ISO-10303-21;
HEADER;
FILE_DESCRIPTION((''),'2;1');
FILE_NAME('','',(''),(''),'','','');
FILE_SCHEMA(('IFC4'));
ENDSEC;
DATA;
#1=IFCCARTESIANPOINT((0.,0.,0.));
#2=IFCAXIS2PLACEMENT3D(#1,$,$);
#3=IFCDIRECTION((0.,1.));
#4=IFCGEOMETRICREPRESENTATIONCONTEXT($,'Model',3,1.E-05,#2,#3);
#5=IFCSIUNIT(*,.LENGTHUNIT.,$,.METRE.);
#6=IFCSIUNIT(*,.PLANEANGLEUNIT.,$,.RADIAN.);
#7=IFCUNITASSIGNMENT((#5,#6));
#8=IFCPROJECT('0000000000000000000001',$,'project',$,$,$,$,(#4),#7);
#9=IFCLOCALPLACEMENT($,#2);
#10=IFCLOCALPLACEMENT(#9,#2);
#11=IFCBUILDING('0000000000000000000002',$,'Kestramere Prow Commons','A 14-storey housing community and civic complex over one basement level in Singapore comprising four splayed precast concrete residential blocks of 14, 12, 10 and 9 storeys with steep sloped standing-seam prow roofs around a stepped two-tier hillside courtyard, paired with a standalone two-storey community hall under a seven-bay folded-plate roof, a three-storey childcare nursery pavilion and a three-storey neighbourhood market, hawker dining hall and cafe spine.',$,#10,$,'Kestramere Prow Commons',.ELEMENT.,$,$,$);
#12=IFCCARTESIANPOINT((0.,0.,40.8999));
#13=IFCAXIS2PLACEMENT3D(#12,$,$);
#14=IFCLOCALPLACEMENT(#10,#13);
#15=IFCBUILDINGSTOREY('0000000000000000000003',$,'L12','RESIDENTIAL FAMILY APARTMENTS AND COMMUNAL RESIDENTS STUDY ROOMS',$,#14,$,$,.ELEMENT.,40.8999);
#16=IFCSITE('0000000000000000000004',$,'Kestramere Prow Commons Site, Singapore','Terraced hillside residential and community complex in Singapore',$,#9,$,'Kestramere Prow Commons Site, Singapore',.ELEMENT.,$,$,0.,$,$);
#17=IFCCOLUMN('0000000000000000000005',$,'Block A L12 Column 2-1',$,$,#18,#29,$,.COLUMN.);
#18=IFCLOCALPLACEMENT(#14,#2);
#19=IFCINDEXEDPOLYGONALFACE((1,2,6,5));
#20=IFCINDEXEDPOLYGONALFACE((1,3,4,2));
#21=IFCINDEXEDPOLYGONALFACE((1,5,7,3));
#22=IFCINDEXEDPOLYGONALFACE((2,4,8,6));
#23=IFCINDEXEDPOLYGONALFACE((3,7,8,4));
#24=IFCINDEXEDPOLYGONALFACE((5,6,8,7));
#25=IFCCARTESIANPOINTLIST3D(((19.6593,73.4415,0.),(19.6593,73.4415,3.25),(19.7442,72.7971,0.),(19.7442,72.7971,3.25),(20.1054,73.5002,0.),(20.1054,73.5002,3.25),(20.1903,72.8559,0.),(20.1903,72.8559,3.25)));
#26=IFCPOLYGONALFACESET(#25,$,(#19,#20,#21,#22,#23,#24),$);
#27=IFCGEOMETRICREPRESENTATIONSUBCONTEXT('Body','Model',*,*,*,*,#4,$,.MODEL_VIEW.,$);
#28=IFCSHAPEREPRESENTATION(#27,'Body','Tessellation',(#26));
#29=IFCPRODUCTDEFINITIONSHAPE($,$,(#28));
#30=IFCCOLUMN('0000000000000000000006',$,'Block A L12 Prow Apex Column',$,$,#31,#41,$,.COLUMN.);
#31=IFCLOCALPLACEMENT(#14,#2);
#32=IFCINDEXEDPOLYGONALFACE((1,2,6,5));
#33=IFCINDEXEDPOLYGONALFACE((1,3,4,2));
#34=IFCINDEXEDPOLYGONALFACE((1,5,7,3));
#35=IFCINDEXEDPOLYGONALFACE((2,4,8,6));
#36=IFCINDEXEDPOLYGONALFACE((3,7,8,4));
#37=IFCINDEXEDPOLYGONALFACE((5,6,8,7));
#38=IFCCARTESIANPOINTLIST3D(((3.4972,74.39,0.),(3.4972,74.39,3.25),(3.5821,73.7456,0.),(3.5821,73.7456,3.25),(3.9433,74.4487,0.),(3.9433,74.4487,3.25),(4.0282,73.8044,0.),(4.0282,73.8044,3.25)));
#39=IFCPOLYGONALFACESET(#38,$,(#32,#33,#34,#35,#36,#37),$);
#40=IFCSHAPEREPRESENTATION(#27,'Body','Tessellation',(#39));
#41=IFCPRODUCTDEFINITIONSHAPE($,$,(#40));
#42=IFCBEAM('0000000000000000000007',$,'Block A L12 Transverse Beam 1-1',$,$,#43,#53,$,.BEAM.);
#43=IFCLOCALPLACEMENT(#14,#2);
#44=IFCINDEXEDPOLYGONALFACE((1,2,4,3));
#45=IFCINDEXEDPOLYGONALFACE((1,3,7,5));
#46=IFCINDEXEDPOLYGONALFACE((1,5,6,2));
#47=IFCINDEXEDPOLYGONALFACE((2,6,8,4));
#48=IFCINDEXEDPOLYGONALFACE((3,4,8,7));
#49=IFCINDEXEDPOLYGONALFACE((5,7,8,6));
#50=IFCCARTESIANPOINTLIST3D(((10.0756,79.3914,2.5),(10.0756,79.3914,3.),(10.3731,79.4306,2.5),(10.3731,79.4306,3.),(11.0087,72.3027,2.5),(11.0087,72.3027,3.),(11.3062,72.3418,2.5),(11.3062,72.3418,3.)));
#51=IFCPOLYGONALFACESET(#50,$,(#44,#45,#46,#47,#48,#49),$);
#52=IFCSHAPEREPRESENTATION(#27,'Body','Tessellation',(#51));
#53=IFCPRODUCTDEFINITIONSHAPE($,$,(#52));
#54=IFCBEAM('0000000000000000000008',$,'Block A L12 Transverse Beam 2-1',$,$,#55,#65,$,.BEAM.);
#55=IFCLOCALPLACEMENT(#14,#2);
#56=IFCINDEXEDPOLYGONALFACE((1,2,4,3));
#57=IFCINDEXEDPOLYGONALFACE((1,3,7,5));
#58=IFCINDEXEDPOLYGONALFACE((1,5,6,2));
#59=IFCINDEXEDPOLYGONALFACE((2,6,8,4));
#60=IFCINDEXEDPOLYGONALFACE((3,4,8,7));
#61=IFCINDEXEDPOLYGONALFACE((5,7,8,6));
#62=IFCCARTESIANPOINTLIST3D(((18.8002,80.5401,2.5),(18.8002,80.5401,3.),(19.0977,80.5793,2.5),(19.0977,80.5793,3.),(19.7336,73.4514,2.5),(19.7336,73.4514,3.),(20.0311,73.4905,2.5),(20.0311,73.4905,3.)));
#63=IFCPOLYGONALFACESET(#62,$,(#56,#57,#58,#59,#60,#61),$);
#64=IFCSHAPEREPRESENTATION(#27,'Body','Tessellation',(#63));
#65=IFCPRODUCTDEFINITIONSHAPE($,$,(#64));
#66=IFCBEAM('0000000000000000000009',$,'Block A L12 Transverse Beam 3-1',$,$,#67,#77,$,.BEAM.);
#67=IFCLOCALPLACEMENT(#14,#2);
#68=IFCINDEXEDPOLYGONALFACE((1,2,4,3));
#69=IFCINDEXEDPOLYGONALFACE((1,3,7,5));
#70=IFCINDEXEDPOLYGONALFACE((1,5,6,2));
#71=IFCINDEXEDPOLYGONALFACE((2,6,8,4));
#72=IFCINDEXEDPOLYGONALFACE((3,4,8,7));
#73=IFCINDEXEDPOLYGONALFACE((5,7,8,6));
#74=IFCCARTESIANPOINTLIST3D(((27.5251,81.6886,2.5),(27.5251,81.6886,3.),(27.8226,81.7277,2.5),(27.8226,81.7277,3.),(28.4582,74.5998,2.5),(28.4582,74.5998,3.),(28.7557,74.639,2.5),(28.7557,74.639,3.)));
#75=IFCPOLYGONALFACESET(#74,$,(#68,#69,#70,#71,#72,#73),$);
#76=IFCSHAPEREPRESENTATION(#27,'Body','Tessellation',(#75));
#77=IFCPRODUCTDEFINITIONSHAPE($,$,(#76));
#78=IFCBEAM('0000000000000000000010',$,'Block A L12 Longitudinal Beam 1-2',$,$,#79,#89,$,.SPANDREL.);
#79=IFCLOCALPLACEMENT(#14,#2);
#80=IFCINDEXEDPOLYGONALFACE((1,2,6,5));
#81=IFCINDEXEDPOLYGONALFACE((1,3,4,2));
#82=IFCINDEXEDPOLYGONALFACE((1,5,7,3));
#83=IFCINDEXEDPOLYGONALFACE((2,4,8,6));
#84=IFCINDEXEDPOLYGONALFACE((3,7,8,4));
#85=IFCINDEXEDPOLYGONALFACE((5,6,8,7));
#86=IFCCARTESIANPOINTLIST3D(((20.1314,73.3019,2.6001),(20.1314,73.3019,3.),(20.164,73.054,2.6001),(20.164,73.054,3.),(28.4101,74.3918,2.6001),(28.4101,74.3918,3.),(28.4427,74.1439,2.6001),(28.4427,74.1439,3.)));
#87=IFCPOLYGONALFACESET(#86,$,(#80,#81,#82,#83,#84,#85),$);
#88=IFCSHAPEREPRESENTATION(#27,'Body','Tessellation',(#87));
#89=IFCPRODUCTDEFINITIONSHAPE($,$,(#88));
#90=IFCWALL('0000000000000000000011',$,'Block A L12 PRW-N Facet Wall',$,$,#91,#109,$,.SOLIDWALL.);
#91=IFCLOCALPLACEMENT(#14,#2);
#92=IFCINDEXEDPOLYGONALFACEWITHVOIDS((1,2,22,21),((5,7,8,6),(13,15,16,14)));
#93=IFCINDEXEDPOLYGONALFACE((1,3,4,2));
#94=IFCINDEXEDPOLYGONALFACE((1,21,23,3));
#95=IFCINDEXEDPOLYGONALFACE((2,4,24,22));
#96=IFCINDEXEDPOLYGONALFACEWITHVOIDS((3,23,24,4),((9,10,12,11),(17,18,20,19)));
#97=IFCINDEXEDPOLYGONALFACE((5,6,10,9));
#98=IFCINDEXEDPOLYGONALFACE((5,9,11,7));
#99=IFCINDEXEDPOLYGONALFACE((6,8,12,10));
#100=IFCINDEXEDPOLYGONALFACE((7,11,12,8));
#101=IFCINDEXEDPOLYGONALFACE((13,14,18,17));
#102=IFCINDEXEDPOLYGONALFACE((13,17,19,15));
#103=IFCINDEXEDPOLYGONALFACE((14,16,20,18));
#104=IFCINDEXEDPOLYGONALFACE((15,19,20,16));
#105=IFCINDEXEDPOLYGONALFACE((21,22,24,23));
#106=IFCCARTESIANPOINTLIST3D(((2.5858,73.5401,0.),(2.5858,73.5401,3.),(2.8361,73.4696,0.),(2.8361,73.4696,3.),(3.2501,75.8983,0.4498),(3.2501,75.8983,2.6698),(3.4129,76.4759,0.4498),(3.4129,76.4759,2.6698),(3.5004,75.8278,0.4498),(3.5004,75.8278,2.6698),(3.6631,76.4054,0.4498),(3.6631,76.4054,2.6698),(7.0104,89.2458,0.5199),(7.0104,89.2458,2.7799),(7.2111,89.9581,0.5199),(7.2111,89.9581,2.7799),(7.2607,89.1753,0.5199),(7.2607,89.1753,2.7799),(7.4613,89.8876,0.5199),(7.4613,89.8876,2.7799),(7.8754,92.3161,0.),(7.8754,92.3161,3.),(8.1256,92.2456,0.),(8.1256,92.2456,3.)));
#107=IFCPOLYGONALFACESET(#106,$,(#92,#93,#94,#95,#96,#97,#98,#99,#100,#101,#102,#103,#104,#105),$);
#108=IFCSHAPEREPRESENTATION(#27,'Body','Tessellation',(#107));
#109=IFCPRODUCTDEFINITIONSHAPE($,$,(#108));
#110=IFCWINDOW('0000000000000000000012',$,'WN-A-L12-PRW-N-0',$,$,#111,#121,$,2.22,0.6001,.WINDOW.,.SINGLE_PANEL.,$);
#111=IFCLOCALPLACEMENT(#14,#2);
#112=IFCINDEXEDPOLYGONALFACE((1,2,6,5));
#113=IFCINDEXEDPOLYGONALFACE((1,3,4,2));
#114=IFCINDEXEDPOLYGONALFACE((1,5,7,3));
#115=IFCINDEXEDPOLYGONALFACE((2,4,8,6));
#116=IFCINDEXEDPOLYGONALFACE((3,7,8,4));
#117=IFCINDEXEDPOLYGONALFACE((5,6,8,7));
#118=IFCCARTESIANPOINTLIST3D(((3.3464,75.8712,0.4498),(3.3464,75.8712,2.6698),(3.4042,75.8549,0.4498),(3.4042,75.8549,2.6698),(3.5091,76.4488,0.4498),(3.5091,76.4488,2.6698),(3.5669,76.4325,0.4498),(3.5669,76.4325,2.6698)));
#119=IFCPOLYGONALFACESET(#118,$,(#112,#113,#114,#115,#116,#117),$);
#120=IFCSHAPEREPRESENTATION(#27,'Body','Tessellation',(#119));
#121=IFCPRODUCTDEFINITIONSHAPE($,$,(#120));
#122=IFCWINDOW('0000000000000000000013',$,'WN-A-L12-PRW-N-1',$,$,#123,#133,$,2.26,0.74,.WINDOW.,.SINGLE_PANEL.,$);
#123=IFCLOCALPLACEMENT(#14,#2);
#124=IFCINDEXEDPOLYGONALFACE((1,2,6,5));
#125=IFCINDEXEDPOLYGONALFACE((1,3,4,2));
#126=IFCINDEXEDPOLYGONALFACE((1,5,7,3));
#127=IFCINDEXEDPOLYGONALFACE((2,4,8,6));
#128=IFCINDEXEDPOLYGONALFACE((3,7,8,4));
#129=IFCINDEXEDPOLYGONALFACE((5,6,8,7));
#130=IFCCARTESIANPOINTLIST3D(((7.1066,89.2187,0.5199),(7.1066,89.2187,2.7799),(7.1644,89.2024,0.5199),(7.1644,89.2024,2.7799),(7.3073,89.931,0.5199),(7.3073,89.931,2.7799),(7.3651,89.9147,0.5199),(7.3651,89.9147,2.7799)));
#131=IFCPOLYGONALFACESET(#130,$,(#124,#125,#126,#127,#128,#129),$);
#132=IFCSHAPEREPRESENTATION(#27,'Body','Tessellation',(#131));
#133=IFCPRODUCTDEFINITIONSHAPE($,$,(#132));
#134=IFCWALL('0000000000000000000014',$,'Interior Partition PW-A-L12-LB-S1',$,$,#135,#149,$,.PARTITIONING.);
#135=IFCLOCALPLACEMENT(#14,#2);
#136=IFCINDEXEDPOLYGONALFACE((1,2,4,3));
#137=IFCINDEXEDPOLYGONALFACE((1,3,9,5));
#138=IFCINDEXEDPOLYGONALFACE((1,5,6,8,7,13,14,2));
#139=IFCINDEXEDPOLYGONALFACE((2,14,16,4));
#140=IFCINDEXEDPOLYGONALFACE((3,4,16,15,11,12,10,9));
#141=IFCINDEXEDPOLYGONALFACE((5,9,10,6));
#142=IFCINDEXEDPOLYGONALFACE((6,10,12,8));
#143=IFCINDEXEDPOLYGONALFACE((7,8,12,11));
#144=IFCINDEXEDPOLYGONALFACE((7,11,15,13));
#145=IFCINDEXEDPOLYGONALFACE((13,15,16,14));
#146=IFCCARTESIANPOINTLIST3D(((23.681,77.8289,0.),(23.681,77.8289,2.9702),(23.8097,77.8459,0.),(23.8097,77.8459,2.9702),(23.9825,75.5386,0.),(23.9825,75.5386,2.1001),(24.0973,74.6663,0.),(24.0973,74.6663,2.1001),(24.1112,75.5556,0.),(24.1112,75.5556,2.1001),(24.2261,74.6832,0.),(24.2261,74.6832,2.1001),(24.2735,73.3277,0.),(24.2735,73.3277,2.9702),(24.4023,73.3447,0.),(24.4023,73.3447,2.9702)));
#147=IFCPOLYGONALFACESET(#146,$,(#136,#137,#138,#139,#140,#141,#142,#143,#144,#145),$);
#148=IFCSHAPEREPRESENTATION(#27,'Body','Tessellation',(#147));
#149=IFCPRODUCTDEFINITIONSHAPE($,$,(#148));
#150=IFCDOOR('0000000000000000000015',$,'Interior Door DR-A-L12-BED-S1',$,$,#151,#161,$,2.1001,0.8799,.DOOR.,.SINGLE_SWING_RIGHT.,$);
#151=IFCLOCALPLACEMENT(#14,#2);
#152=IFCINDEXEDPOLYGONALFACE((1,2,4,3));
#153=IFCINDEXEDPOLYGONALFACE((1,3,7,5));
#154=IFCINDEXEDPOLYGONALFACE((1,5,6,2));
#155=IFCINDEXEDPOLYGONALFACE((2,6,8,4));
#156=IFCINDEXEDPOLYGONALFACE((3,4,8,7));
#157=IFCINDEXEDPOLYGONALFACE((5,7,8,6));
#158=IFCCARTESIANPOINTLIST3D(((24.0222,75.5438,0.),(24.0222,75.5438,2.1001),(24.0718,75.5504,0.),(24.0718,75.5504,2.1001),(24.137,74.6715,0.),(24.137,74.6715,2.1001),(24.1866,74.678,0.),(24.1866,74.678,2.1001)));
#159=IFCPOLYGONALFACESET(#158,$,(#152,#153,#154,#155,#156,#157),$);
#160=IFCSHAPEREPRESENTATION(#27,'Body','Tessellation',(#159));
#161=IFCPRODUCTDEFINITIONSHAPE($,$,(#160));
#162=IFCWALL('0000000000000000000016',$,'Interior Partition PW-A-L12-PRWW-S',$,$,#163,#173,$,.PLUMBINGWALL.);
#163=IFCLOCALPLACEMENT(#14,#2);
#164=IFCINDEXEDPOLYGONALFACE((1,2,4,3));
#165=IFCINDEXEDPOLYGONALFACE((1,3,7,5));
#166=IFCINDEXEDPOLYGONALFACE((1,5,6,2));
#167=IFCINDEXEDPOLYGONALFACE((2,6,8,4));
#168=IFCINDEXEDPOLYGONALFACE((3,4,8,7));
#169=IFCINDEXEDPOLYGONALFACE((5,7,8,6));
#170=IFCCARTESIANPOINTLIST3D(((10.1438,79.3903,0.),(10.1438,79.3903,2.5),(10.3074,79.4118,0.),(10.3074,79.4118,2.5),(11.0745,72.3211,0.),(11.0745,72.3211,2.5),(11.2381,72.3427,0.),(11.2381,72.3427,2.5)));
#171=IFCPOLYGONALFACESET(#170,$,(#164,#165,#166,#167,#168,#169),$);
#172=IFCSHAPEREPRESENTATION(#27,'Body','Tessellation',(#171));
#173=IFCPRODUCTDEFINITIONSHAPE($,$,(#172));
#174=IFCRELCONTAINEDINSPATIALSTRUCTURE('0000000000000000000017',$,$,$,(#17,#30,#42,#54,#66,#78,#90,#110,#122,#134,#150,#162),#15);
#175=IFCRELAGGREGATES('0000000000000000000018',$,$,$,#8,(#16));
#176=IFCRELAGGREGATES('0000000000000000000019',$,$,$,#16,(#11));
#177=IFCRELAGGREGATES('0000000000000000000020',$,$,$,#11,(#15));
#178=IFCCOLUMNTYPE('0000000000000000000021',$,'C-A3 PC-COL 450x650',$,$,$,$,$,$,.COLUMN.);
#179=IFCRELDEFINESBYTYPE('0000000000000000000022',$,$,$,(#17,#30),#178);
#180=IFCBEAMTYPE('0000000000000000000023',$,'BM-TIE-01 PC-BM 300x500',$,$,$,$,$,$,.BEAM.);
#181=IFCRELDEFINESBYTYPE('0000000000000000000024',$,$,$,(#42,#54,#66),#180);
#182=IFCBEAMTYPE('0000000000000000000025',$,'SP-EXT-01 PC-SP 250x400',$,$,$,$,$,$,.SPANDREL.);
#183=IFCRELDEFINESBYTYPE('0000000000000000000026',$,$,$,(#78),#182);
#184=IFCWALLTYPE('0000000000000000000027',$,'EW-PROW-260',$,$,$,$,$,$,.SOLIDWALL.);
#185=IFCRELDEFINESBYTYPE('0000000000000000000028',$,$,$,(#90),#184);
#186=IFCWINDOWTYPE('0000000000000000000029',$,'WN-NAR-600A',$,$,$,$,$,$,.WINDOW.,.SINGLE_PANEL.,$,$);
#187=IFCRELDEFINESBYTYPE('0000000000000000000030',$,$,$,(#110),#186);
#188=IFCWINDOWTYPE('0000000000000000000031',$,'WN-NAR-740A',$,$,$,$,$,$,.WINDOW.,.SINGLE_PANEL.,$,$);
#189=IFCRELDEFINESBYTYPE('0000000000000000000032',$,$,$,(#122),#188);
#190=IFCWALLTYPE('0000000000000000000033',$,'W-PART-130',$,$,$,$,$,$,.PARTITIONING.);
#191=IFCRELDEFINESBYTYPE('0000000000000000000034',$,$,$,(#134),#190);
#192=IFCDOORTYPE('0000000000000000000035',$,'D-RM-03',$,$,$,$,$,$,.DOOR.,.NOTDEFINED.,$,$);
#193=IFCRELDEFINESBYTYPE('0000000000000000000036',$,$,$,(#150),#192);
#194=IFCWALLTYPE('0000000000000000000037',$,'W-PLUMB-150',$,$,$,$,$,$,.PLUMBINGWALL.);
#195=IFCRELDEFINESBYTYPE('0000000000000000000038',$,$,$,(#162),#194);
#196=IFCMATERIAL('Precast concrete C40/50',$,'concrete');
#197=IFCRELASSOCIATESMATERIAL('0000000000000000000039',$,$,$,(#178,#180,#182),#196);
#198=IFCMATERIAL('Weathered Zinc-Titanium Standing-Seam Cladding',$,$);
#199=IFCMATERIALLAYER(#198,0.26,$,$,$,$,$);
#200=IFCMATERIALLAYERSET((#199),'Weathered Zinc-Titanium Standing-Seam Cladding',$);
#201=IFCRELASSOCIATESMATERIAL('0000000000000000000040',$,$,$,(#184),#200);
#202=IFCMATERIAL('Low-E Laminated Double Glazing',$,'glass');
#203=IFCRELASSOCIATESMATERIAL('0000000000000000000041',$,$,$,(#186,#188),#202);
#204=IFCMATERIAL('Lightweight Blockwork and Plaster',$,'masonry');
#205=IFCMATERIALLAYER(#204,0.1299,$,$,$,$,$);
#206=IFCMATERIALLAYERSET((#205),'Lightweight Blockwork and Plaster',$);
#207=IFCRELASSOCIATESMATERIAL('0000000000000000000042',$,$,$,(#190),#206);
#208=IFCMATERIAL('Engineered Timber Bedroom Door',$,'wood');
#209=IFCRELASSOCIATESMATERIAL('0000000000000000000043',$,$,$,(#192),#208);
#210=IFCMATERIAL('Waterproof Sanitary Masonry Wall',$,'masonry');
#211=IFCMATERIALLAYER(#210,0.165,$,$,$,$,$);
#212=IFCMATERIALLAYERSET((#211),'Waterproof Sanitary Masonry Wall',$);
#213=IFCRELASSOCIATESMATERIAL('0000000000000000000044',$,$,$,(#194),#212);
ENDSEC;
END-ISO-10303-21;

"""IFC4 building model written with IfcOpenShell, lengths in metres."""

from ifc_helpers import new_model, si_unit, direction, frame, frame_2d, origin, origin_2d, place, context, subcontext, project, spatial, rectangle, extrude, material, layer, layer_set, material_profile, profile_set, type_object, element, fill, save


model = new_model("IFC4")

# Units and contexts
model_context = context("Model", 3, precision=1e-05, world=origin(), true_north=direction((0.0, 1.0)))
body_context = subcontext(model_context, "Body", "Model", "MODEL_VIEW")
ifc_project = project(units=[si_unit("LENGTHUNIT", "METRE"), si_unit("PLANEANGLEUNIT", "RADIAN")], contexts=[model_context])

# Site, building, storey
site_placement = place(None, origin())
site = spatial("IfcSite", under=ifc_project, at=site_placement, Name="Kestramere Prow Commons Site, Singapore", Description="Terraced hillside residential and community complex in Singapore", LongName="Kestramere Prow Commons Site, Singapore", CompositionType="ELEMENT", RefElevation=0.0)
building_placement = place(site_placement, origin())
building = spatial("IfcBuilding", under=site, at=building_placement, Name="Kestramere Prow Commons", Description="A 14-storey housing community and civic complex over one basement level in Singapore comprising four splayed precast concrete residential blocks of 14, 12, 10 and 9 storeys with steep sloped standing-seam prow roofs around a stepped two-tier hillside courtyard, paired with a standalone two-storey community hall under a seven-bay folded-plate roof, a three-storey childcare nursery pavilion and a three-storey neighbourhood market, hawker dining hall and cafe spine.", LongName="Kestramere Prow Commons", CompositionType="ELEMENT")
storey_placement = place(building_placement, frame((0.0, 0.0, 40.8999)))
storey = spatial("IfcBuildingStorey", under=building, at=storey_placement, Name="L12", Description="RESIDENTIAL FAMILY APARTMENTS AND COMMUNAL RESIDENTS STUDY ROOMS", CompositionType="ELEMENT", Elevation=40.8999)

# Columns
ifc_material_1 = material(Name="Precast concrete C40/50", Category="concrete")
ifc_material_profile_1 = material_profile(ifc_material_1, rectangle(XDim=0.45, YDim=0.6499, at=origin_2d()), Name="PC-COL 450x650")
ifc_profile_set_1 = profile_set([ifc_material_profile_1], Name="Precast concrete C40/50")
column_type = type_object("IfcColumnType", Name="C-A3 PC-COL 450x650", PredefinedType="COLUMN", material=ifc_profile_set_1)
for number, where, z_axis, x_axis, name in (
    (1, (19.9248, 73.1487, 0.0), (0.0, 0.0, 1.0), (0.991445, 0.130526, 0.0), "Block A L12 Column 2-1"),
    (2, (3.7627, 74.0972, 0.0), (0.0, 0.0, 1.0), (0.991445, 0.130526, 0.0), "Block A L12 Prow Apex Column"),
):
    element("IfcColumn", number, at=place(storey_placement, frame(where, z_axis=z_axis, x_axis=x_axis)), inside=storey, type_object=column_type, Name=name, PredefinedType="COLUMN", context=body_context, shape_type="SweptSolid", body=[
        extrude(rectangle(XDim=0.45, YDim=0.6499, at=origin_2d()), origin(), (0.0, 0.0, 1.0), 3.25),
    ])

# Beams
ifc_material_profile_2 = material_profile(ifc_material_1, rectangle(XDim=0.3, YDim=0.5, at=origin_2d()), Name="PC-BM 300x500")
ifc_profile_set_2 = profile_set([ifc_material_profile_2], Name="Precast concrete C40/50")
beam_type_1 = type_object("IfcBeamType", Name="BM-TIE-01 PC-BM 300x500", PredefinedType="BEAM", material=ifc_profile_set_2)
for number, where, z_axis, x_axis, name in (
    (3, (11.1575, 72.3223, 2.75), (-0.130504, 0.991448, 0.0), (-0.991448, -0.130504, 0.0), "Block A L12 Transverse Beam 1-1"),
    (4, (19.8823, 73.4709, 2.75), (-0.130542, 0.991443, 0.0), (-0.991443, -0.130542, 0.0), "Block A L12 Transverse Beam 2-1"),
    (5, (28.6069, 74.6194, 2.75), (-0.130504, 0.991448, 0.0), (-0.991448, -0.130504, 0.0), "Block A L12 Transverse Beam 3-1"),
):
    element("IfcBeam", number, at=place(storey_placement, frame(where, z_axis=z_axis, x_axis=x_axis)), inside=storey, type_object=beam_type_1, Name=name, PredefinedType="BEAM", context=body_context, shape_type="SweptSolid", body=[
        extrude(rectangle(XDim=0.3, YDim=0.5, at=origin_2d()), origin(), (0.0, 0.0, 1.0), 7.1499),
    ])
ifc_material_profile_3 = material_profile(ifc_material_1, rectangle(XDim=0.25, YDim=0.3999, at=origin_2d()), Name="PC-SP 250x400")
ifc_profile_set_3 = profile_set([ifc_material_profile_3], Name="Precast concrete C40/50")
beam_type_2 = type_object("IfcBeamType", Name="SP-EXT-01 PC-SP 250x400", PredefinedType="SPANDREL", material=ifc_profile_set_3)
beam_placement = place(storey_placement, frame((20.1477, 73.178, 2.8), z_axis=(0.991446, 0.13052, 0.0), x_axis=(-0.13052, 0.991446, 0.0)))
element("IfcBeam", 6, at=beam_placement, inside=storey, type_object=beam_type_2, Name="Block A L12 Longitudinal Beam 1-2", PredefinedType="SPANDREL", context=body_context, shape_type="SweptSolid", body=[
    extrude(rectangle(XDim=0.25, YDim=0.3999, at=origin_2d()), origin(), (0.0, 0.0, 1.0), 8.3501),
])

# Wall, openings, windows
ifc_material_2 = material(Name="Weathered Zinc-Titanium Standing-Seam Cladding")
ifc_layer_1 = layer(ifc_material_2, 0.26)
ifc_layer_set_1 = layer_set([ifc_layer_1], Name="Weathered Zinc-Titanium Standing-Seam Cladding")
wall_type_1 = type_object("IfcWallType", Name="EW-PROW-260", PredefinedType="SOLIDWALL", material=ifc_layer_set_1)
wall_1_placement = place(storey_placement, frame((2.7109, 73.5049, 0.0), z_axis=(0.0, 0.0, 1.0), x_axis=(0.271165, 0.962533, 0.0)))
wall_1 = element("IfcWall", 7, at=wall_1_placement, inside=storey, type_object=wall_type_1, Name="Block A L12 PRW-N Facet Wall", PredefinedType="SOLIDWALL", context=body_context, shape_type="SweptSolid", body=[
    extrude(rectangle(XDim=19.5068, YDim=0.26, at=frame_2d((9.7534, 0.0))), origin(), (0.0, 0.0, 1.0), 3.0),
])
opening_1_placement = place(wall_1_placement, frame((2.45, 0.0, 0.45)))
opening_1 = element("IfcOpeningElement", 8, at=opening_1_placement, cuts=wall_1, PredefinedType="OPENING", context=body_context, shape_type="SweptSolid", body=[
    extrude(rectangle(XDim=0.6001, YDim=2.22, at=frame_2d((0.3, 1.1099))), frame((0.0, 0.145, 0.0), z_axis=(0.0, -1.0, 0.0), x_axis=(1.0, 0.0, 0.0)), (0.0, 0.0, 1.0), 0.29),
])
opening_2_placement = place(wall_1_placement, frame((16.3169, 0.0, 0.52)))
opening_2 = element("IfcOpeningElement", 9, at=opening_2_placement, cuts=wall_1, PredefinedType="OPENING", context=body_context, shape_type="SweptSolid", body=[
    extrude(rectangle(XDim=0.74, YDim=2.26, at=frame_2d((0.3701, 1.1299))), frame((0.0, 0.145, 0.0), z_axis=(0.0, -1.0, 0.0), x_axis=(1.0, 0.0, 0.0)), (0.0, 0.0, 1.0), 0.29),
])
ifc_material_3 = material(Name="Low-E Laminated Double Glazing", Category="glass")
window_type_1 = type_object("IfcWindowType", Name="WN-NAR-600A", PartitioningType="SINGLE_PANEL", PredefinedType="WINDOW", material=ifc_material_3)
window_1_placement = place(opening_1_placement, origin())
window_1 = element("IfcWindow", 10, at=window_1_placement, inside=storey, type_object=window_type_1, Name="WN-A-L12-PRW-N-0", OverallHeight=2.22, OverallWidth=0.6001, PartitioningType="SINGLE_PANEL", PredefinedType="WINDOW", context=body_context, shape_type="SweptSolid", body=[
    extrude(rectangle(XDim=0.6001, YDim=2.22, at=frame_2d((0.3, 1.1099))), frame((0.0, 0.03, 0.0), z_axis=(0.0, -1.0, 0.0), x_axis=(1.0, 0.0, 0.0)), (0.0, 0.0, 1.0), 0.0601),
])
fill(opening_1, window_1)
window_type_2 = type_object("IfcWindowType", Name="WN-NAR-740A", PartitioningType="SINGLE_PANEL", PredefinedType="WINDOW", material=ifc_material_3)
window_2_placement = place(opening_2_placement, origin())
window_2 = element("IfcWindow", 11, at=window_2_placement, inside=storey, type_object=window_type_2, Name="WN-A-L12-PRW-N-1", OverallHeight=2.26, OverallWidth=0.74, PartitioningType="SINGLE_PANEL", PredefinedType="WINDOW", context=body_context, shape_type="SweptSolid", body=[
    extrude(rectangle(XDim=0.74, YDim=2.26, at=frame_2d((0.3701, 1.1299))), frame((0.0, 0.03, 0.0), z_axis=(0.0, -1.0, 0.0), x_axis=(1.0, 0.0, 0.0)), (0.0, 0.0, 1.0), 0.0601),
])
fill(opening_2, window_2)

# Wall, opening, door
ifc_material_4 = material(Name="Lightweight Blockwork and Plaster", Category="masonry")
ifc_layer_2 = layer(ifc_material_4, 0.1299)
ifc_layer_set_2 = layer_set([ifc_layer_2], Name="Lightweight Blockwork and Plaster")
wall_type_2 = type_object("IfcWallType", Name="W-PART-130", PredefinedType="PARTITIONING", material=ifc_layer_set_2)
wall_2_placement = place(storey_placement, frame((24.3379, 73.3362, 0.0), z_axis=(0.0, 0.0, 1.0), x_axis=(-0.130512, 0.991447, 0.0)))
wall_2 = element("IfcWall", 12, at=wall_2_placement, inside=storey, type_object=wall_type_2, Name="Interior Partition PW-A-L12-LB-S1", PredefinedType="PARTITIONING", context=body_context, shape_type="SweptSolid", body=[
    extrude(rectangle(XDim=4.54, YDim=0.1299, at=frame_2d((2.27, 0.0))), origin(), (0.0, 0.0, 1.0), 2.9702),
])
opening_3_placement = place(wall_2_placement, frame((1.3501, 0.0, 0.0)))
opening_3 = element("IfcOpeningElement", 13, at=opening_3_placement, cuts=wall_2, PredefinedType="OPENING", context=body_context, shape_type="SweptSolid", body=[
    extrude(rectangle(XDim=0.8799, YDim=2.1001, at=frame_2d((0.4399, 1.05))), frame((0.0, 0.0798, 0.0), z_axis=(0.0, -1.0, 0.0), x_axis=(1.0, 0.0, 0.0)), (0.0, 0.0, 1.0), 0.1599),
])
ifc_material_5 = material(Name="Engineered Timber Bedroom Door", Category="wood")
door_type_1 = type_object("IfcDoorType", Name="D-RM-03", OperationType="NOTDEFINED", PredefinedType="DOOR", material=ifc_material_5)
door_1_placement = place(opening_3_placement, origin())
door_1 = element("IfcDoor", 14, at=door_1_placement, inside=storey, type_object=door_type_1, Name="Interior Door DR-A-L12-BED-S1", OperationType="SINGLE_SWING_RIGHT", OverallHeight=2.1001, OverallWidth=0.8799, PredefinedType="DOOR", context=body_context, shape_type="SweptSolid", body=[
    extrude(rectangle(XDim=0.8799, YDim=2.1001, at=frame_2d((0.4399, 1.05))), frame((0.0, 0.0249, 0.0), z_axis=(0.0, -1.0, 0.0), x_axis=(1.0, 0.0, 0.0)), (0.0, 0.0, 1.0), 0.05),
])
fill(opening_3, door_1)

# Wall
ifc_material_6 = material(Name="Waterproof Sanitary Masonry Wall", Category="masonry")
ifc_layer_3 = layer(ifc_material_6, 0.165)
ifc_layer_set_3 = layer_set([ifc_layer_3], Name="Waterproof Sanitary Masonry Wall")
wall_type_3 = type_object("IfcWallType", Name="W-PLUMB-150", PredefinedType="PLUMBINGWALL", material=ifc_layer_set_3)
wall_3_placement = place(storey_placement, frame((11.1562, 72.332, 0.0), z_axis=(0.0, 0.0, 1.0), x_axis=(-0.130526, 0.991445, 0.0)))
element("IfcWall", 15, at=wall_3_placement, inside=storey, type_object=wall_type_3, Name="Interior Partition PW-A-L12-PRWW-S", PredefinedType="PLUMBINGWALL", context=body_context, shape_type="SweptSolid", body=[
    extrude(rectangle(XDim=7.1301, YDim=0.165, at=frame_2d((3.5649, 0.0))), origin(), (0.0, 0.0, 1.0), 2.5),
])

save(model, "model.ifc")
